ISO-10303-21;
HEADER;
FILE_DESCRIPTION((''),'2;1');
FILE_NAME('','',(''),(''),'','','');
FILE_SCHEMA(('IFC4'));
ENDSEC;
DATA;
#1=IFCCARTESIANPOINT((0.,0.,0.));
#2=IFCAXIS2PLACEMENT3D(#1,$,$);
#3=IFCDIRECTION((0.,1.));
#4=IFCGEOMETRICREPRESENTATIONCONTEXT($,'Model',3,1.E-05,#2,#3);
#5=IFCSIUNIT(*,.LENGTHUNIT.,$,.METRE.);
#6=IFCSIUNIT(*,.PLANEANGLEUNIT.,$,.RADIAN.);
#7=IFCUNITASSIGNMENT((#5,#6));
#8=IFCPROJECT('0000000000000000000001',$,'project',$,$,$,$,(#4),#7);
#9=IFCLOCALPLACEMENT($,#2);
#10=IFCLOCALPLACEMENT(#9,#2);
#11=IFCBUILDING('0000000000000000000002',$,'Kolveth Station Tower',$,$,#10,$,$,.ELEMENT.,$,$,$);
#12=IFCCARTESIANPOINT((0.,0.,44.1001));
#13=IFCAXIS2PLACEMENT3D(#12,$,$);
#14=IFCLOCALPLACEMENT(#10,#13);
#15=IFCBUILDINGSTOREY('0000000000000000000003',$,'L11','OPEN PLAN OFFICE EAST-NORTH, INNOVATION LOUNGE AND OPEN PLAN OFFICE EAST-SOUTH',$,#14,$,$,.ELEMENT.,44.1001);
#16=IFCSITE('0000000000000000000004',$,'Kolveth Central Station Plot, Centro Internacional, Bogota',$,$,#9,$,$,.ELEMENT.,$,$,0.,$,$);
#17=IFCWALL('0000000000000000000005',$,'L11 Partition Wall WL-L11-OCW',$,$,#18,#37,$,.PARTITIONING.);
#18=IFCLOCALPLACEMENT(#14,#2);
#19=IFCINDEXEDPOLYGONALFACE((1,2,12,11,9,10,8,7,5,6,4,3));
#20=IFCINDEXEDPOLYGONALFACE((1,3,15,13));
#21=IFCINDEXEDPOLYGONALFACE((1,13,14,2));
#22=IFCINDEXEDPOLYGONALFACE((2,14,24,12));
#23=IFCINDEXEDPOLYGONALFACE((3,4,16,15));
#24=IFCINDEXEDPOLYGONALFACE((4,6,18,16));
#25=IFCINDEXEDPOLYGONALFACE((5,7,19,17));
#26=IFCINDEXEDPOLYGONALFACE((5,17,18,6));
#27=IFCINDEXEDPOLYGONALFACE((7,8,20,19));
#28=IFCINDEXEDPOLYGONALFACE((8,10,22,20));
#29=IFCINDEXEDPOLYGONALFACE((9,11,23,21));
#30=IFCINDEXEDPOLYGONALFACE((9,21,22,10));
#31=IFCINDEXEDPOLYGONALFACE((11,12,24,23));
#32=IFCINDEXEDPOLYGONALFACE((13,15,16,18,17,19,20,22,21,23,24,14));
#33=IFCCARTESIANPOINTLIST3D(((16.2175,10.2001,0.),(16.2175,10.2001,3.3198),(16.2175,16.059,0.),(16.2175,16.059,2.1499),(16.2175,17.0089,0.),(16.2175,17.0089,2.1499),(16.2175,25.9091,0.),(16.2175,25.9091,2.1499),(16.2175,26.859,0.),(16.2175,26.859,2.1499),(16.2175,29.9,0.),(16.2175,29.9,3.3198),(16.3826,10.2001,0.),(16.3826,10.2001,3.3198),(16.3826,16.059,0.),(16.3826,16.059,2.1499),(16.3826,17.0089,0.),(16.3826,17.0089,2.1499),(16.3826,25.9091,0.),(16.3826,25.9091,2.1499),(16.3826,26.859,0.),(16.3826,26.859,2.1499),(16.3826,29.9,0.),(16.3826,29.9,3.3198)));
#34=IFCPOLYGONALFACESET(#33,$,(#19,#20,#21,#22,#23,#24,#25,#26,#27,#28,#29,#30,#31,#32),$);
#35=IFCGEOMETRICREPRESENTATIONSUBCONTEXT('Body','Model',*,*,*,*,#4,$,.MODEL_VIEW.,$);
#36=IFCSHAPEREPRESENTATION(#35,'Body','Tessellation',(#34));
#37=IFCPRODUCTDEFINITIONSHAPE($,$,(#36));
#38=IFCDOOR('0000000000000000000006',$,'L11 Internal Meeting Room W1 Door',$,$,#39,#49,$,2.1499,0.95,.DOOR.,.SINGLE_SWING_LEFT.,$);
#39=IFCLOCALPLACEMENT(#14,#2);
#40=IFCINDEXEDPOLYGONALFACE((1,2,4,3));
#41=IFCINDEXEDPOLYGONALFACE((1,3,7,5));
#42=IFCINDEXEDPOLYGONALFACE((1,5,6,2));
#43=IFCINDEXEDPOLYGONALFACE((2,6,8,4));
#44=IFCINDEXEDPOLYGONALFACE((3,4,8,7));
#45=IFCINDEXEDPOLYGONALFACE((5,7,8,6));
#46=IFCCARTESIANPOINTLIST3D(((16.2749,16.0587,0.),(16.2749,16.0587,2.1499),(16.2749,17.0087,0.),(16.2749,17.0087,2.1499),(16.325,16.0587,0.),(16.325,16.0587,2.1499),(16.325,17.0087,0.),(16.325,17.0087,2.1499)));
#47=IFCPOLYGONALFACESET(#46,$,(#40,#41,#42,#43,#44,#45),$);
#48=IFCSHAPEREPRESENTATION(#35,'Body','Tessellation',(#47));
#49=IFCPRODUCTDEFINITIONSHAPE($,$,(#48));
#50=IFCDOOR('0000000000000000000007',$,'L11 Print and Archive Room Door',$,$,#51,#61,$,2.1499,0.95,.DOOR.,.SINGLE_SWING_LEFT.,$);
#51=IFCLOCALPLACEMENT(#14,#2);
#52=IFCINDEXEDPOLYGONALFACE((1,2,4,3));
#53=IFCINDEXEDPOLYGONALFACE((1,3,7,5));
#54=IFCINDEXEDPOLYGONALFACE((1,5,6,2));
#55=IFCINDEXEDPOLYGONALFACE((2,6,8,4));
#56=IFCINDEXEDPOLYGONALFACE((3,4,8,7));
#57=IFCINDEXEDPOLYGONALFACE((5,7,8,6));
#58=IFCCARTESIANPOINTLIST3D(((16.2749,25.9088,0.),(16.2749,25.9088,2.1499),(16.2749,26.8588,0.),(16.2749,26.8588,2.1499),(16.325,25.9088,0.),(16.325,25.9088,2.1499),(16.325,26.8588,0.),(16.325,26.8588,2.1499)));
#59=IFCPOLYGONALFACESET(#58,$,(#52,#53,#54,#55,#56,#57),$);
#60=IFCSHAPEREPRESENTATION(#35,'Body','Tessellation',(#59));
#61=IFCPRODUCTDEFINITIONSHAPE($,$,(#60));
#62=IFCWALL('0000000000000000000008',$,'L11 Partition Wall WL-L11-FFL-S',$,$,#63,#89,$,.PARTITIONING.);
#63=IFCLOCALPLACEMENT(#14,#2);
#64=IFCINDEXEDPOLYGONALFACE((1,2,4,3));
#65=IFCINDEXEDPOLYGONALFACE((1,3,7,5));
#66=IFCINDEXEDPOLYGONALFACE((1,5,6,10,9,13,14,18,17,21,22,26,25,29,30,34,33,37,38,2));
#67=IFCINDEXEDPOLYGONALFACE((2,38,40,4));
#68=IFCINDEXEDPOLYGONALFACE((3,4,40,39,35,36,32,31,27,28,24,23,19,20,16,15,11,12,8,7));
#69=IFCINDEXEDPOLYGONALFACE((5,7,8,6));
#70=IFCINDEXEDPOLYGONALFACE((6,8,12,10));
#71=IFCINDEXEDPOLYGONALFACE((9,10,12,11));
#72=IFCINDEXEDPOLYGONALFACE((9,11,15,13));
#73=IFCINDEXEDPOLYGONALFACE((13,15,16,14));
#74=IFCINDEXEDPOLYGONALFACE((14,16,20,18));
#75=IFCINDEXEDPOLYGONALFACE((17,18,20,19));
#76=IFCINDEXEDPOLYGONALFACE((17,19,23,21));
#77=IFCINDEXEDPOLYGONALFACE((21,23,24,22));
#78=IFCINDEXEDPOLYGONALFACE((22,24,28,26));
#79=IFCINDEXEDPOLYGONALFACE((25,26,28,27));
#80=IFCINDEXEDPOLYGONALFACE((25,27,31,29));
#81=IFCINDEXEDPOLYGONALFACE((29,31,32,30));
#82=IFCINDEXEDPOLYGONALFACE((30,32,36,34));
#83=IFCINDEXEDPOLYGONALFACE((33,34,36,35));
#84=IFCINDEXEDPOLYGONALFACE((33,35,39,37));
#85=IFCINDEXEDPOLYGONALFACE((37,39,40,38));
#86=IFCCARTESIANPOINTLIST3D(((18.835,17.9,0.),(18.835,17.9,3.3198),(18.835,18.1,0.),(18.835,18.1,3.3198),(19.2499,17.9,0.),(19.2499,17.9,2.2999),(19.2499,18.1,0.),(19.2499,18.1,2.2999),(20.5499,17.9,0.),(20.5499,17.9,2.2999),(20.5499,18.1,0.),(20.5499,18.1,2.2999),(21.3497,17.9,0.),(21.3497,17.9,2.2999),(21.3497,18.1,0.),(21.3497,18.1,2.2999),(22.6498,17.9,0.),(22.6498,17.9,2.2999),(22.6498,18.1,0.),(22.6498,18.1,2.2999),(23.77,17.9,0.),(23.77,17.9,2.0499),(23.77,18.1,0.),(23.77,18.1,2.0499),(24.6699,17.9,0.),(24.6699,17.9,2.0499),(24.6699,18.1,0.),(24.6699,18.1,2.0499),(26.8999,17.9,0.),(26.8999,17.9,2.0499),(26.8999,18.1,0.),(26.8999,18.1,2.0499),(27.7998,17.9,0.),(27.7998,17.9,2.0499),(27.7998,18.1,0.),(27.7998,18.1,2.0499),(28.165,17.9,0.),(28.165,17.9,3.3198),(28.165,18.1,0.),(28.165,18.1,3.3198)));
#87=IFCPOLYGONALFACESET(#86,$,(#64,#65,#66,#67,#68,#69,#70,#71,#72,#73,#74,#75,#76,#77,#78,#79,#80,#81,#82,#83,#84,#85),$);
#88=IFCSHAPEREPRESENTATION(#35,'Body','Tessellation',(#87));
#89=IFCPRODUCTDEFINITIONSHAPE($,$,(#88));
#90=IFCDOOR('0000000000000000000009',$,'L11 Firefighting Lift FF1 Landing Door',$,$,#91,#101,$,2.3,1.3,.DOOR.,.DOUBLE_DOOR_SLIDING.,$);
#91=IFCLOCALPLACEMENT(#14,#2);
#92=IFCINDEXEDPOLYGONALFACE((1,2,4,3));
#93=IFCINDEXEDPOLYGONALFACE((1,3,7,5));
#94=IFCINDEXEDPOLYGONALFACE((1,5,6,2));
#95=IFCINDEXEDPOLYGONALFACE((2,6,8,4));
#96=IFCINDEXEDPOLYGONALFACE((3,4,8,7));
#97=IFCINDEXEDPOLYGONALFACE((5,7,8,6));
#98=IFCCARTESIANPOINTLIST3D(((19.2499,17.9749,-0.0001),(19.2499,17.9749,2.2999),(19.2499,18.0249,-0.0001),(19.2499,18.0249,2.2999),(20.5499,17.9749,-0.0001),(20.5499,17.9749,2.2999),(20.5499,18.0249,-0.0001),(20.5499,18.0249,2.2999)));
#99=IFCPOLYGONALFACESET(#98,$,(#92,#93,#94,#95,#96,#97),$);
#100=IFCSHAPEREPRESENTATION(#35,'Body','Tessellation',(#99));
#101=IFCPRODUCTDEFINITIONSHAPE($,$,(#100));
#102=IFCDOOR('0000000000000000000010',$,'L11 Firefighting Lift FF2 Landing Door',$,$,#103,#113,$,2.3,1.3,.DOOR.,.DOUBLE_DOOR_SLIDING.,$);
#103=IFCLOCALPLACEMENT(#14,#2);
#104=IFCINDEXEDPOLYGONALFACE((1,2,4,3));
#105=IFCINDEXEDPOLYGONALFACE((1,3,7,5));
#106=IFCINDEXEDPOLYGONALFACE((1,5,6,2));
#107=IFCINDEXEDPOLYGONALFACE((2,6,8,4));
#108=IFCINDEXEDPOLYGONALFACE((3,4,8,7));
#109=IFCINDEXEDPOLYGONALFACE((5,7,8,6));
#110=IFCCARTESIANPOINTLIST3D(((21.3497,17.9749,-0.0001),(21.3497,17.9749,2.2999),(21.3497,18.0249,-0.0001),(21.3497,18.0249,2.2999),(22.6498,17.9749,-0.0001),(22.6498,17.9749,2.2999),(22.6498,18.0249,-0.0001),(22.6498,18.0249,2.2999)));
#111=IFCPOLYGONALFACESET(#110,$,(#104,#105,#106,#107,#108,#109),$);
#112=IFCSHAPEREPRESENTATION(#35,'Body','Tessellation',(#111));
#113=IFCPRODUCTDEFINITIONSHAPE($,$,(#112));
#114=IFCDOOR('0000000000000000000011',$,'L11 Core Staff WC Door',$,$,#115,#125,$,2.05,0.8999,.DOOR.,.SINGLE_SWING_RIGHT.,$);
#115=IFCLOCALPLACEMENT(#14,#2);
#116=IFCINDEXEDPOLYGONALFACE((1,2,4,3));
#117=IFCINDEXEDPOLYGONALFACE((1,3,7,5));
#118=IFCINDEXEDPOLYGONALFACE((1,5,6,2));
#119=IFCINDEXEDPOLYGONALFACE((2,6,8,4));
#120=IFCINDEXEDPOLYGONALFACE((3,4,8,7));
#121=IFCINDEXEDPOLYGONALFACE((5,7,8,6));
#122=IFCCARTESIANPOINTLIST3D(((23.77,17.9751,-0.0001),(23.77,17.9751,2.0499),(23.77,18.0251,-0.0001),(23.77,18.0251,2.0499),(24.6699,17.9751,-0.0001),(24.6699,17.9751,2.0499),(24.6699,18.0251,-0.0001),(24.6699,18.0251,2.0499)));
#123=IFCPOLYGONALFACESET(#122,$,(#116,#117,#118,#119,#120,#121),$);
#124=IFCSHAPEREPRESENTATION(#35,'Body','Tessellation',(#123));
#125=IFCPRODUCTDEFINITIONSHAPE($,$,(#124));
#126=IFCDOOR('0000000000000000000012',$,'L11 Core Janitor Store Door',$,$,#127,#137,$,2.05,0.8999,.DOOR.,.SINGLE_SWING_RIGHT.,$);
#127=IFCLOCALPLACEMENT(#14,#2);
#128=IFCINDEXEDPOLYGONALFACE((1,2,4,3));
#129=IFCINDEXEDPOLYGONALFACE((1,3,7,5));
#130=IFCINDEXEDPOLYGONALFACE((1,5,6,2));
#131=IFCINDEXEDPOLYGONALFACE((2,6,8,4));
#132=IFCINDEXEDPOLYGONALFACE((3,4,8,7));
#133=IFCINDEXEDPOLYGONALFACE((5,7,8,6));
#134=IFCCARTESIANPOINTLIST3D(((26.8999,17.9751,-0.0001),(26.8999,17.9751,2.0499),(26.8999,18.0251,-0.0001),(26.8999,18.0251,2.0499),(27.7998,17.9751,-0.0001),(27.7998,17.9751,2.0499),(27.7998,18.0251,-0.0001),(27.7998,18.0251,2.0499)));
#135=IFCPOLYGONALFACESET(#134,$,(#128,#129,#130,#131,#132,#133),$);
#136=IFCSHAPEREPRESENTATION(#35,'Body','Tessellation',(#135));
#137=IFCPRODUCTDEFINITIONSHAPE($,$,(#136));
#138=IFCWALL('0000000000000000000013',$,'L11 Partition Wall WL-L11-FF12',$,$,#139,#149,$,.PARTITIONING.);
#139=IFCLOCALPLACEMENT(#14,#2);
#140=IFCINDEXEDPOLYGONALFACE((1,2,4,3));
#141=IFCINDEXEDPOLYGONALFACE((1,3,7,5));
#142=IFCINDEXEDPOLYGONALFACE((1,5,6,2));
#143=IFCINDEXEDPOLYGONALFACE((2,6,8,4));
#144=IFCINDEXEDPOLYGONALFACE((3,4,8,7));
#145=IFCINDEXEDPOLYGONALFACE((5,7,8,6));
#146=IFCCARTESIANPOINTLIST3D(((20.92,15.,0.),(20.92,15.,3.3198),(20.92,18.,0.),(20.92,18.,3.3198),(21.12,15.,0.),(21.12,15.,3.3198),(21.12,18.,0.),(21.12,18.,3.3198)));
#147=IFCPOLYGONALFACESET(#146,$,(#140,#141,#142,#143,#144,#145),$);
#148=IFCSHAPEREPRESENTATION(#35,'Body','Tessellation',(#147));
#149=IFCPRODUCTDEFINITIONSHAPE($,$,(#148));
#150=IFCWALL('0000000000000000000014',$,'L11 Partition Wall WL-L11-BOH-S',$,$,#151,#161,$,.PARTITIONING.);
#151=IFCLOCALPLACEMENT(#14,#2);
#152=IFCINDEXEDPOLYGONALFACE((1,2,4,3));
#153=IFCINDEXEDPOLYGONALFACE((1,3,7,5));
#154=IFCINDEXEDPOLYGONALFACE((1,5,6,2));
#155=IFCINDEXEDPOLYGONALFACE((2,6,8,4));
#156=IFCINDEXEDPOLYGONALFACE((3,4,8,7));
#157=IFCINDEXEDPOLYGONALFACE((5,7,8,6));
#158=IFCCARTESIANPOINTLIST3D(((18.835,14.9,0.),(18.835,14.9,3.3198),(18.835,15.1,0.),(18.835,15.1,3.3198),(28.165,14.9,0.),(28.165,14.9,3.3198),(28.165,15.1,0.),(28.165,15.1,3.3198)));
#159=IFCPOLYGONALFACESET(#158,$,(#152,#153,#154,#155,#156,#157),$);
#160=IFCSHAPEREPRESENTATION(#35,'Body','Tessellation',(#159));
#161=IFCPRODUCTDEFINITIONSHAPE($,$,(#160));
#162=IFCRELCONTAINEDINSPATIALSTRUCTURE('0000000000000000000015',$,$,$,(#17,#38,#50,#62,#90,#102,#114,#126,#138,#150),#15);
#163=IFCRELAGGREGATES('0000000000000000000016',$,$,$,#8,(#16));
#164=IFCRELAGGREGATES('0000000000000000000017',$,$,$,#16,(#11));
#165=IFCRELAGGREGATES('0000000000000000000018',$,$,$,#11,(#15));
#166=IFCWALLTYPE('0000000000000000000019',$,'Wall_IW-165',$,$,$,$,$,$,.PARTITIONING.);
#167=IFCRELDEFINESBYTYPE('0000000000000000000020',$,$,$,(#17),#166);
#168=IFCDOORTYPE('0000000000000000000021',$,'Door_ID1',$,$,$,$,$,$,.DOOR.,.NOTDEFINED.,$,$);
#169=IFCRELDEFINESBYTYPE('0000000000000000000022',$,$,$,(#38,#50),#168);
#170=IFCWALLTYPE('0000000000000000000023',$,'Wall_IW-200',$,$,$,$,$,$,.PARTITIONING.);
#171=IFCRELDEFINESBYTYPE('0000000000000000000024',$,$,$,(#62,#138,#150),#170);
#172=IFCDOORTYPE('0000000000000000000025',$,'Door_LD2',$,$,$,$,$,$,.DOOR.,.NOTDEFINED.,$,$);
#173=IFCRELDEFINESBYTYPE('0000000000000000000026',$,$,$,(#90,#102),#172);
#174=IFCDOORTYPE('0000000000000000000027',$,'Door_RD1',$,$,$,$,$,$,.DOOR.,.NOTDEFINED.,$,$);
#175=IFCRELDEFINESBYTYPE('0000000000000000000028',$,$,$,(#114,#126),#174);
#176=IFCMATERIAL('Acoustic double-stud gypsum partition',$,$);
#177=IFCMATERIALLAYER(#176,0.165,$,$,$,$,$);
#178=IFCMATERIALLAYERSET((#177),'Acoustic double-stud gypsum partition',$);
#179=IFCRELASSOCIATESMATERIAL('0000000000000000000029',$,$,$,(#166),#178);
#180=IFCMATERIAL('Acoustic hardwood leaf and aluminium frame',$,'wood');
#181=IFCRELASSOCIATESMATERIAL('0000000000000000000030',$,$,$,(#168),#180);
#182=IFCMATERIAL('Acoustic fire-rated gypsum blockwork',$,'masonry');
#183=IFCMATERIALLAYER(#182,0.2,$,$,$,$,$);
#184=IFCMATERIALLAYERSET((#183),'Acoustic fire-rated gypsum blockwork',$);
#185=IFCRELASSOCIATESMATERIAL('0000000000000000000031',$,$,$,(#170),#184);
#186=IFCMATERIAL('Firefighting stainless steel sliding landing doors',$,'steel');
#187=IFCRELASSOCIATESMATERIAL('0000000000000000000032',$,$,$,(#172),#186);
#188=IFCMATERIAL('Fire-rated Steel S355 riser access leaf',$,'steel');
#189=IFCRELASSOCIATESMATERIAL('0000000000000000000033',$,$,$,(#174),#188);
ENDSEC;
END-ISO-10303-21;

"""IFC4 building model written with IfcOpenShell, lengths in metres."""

from ifc_helpers import new_model, si_unit, direction, frame, frame_2d, origin, place, context, subcontext, project, spatial, rectangle, extrude, material, layer, layer_set, type_object, element, fill, save


model = new_model("IFC4")

# Units and contexts
model_context = context("Model", 3, precision=1e-05, world=origin(), true_north=direction((0.0, 1.0)))
body_context = subcontext(model_context, "Body", "Model", "MODEL_VIEW")
ifc_project = project(units=[si_unit("LENGTHUNIT", "METRE"), si_unit("PLANEANGLEUNIT", "RADIAN")], contexts=[model_context])

# Site, building, storey
site_placement = place(None, origin())
site = spatial("IfcSite", under=ifc_project, at=site_placement, Name="Kolveth Central Station Plot, Centro Internacional, Bogota", CompositionType="ELEMENT", RefElevation=0.0)
building_placement = place(site_placement, origin())
building = spatial("IfcBuilding", under=site, at=building_placement, Name="Kolveth Station Tower", CompositionType="ELEMENT")
storey_placement = place(building_placement, frame((0.0, 0.0, 44.1001)))
storey = spatial("IfcBuildingStorey", under=building, at=storey_placement, Name="L11", Description="OPEN PLAN OFFICE EAST-NORTH, INNOVATION LOUNGE AND OPEN PLAN OFFICE EAST-SOUTH", CompositionType="ELEMENT", Elevation=44.1001)

# Walls, openings, doors
ifc_material_1 = material(Name="Acoustic double-stud gypsum partition")
ifc_layer_1 = layer(ifc_material_1, 0.165)
ifc_layer_set_1 = layer_set([ifc_layer_1], Name="Acoustic double-stud gypsum partition")
wall_type_1 = type_object("IfcWallType", Name="Wall_IW-165", PredefinedType="PARTITIONING", material=ifc_layer_set_1)
wall_1_placement = place(storey_placement, frame((16.3, 10.2, 0.0), z_axis=(0.0, 0.0, 1.0), x_axis=(0.0, 1.0, 0.0)))
wall_1 = element("IfcWall", 1, at=wall_1_placement, inside=storey, type_object=wall_type_1, Name="L11 Partition Wall WL-L11-OCW", PredefinedType="PARTITIONING", context=body_context, shape_type="SweptSolid", body=[
    extrude(rectangle(XDim=19.7, YDim=0.165, at=frame_2d((9.8501, 0.0))), origin(), (0.0, 0.0, 1.0), 3.3198),
])
opening_1_placement = place(wall_1_placement, frame((5.8589, 0.0, 0.0)))
opening_1 = element("IfcOpeningElement", 2, at=opening_1_placement, cuts=wall_1, PredefinedType="OPENING", context=body_context, shape_type="SweptSolid", body=[
    extrude(rectangle(XDim=0.95, YDim=2.1499, at=frame_2d((0.4751, 1.075))), frame((0.0, 0.0925, 0.0), z_axis=(0.0, -1.0, 0.0), x_axis=(1.0, 0.0, 0.0)), (0.0, 0.0, 1.0), 0.1851),
])
opening_2_placement = place(wall_1_placement, frame((15.709, 0.0, 0.0)))
opening_2 = element("IfcOpeningElement", 3, at=opening_2_placement, cuts=wall_1, PredefinedType="OPENING", context=body_context, shape_type="SweptSolid", body=[
    extrude(rectangle(XDim=0.95, YDim=2.1499, at=frame_2d((0.4751, 1.075))), frame((0.0, 0.0925, 0.0), z_axis=(0.0, -1.0, 0.0), x_axis=(1.0, 0.0, 0.0)), (0.0, 0.0, 1.0), 0.1851),
])
ifc_material_2 = material(Name="Acoustic hardwood leaf and aluminium frame", Category="wood")
door_type_1 = type_object("IfcDoorType", Name="Door_ID1", OperationType="NOTDEFINED", PredefinedType="DOOR", material=ifc_material_2)
door_1_placement = place(opening_1_placement, frame((0.95, 0.0, 0.0), z_axis=(0.0, 0.0, 1.0), x_axis=(-1.0, 0.0, 0.0)))
door_1 = element("IfcDoor", 4, at=door_1_placement, inside=storey, type_object=door_type_1, Name="L11 Internal Meeting Room W1 Door", OperationType="SINGLE_SWING_LEFT", OverallHeight=2.1499, OverallWidth=0.95, PredefinedType="DOOR", context=body_context, shape_type="SweptSolid", body=[
    extrude(rectangle(XDim=0.95, YDim=2.1499, at=frame_2d((0.4751, 1.075))), frame((0.0, 0.0249, 0.0), z_axis=(0.0, -1.0, 0.0), x_axis=(1.0, 0.0, 0.0)), (0.0, 0.0, 1.0), 0.05),
])
fill(opening_1, door_1)
door_2_placement = place(opening_2_placement, frame((0.95, 0.0, 0.0), z_axis=(0.0, 0.0, 1.0), x_axis=(-1.0, 0.0, 0.0)))
door_2 = element("IfcDoor", 5, at=door_2_placement, inside=storey, type_object=door_type_1, Name="L11 Print and Archive Room Door", OperationType="SINGLE_SWING_LEFT", OverallHeight=2.1499, OverallWidth=0.95, PredefinedType="DOOR", context=body_context, shape_type="SweptSolid", body=[
    extrude(rectangle(XDim=0.95, YDim=2.1499, at=frame_2d((0.4751, 1.075))), frame((0.0, 0.0249, 0.0), z_axis=(0.0, -1.0, 0.0), x_axis=(1.0, 0.0, 0.0)), (0.0, 0.0, 1.0), 0.05),
])
fill(opening_2, door_2)
ifc_material_3 = material(Name="Acoustic fire-rated gypsum blockwork", Category="masonry")
ifc_layer_2 = layer(ifc_material_3, 0.2)
ifc_layer_set_2 = layer_set([ifc_layer_2], Name="Acoustic fire-rated gypsum blockwork")
wall_type_2 = type_object("IfcWallType", Name="Wall_IW-200", PredefinedType="PARTITIONING", material=ifc_layer_set_2)
wall_2_placement = place(storey_placement, frame((18.835, 18.0, 0.0), z_axis=(0.0, 0.0, 1.0), x_axis=(1.0, 0.0, 0.0)))
wall_2 = element("IfcWall", 6, at=wall_2_placement, inside=storey, type_object=wall_type_2, Name="L11 Partition Wall WL-L11-FFL-S", PredefinedType="PARTITIONING", context=body_context, shape_type="SweptSolid", body=[
    extrude(rectangle(XDim=9.3301, YDim=0.2, at=frame_2d((4.665, 0.0))), origin(), (0.0, 0.0, 1.0), 3.3198),
])
opening_3_placement = place(wall_2_placement, frame((0.415, 0.0, 0.0)))
opening_3 = element("IfcOpeningElement", 7, at=opening_3_placement, cuts=wall_2, PredefinedType="OPENING", context=body_context, shape_type="SweptSolid", body=[
    extrude(rectangle(XDim=1.3, YDim=2.3, at=frame_2d((0.6499, 1.1499))), frame((0.0, 0.1099, 0.0), z_axis=(0.0, -1.0, 0.0), x_axis=(1.0, 0.0, 0.0)), (0.0, 0.0, 1.0), 0.22),
])
opening_4_placement = place(wall_2_placement, frame((2.5149, 0.0, 0.0)))
opening_4 = element("IfcOpeningElement", 8, at=opening_4_placement, cuts=wall_2, PredefinedType="OPENING", context=body_context, shape_type="SweptSolid", body=[
    extrude(rectangle(XDim=1.3, YDim=2.3, at=frame_2d((0.6499, 1.1499))), frame((0.0, 0.1099, 0.0), z_axis=(0.0, -1.0, 0.0), x_axis=(1.0, 0.0, 0.0)), (0.0, 0.0, 1.0), 0.22),
])
opening_5_placement = place(wall_2_placement, frame((4.9351, 0.0, 0.0)))
opening_5 = element("IfcOpeningElement", 9, at=opening_5_placement, cuts=wall_2, PredefinedType="OPENING", context=body_context, shape_type="SweptSolid", body=[
    extrude(rectangle(XDim=0.8999, YDim=2.05, at=frame_2d((0.45, 1.0249))), frame((0.0, 0.1099, 0.0), z_axis=(0.0, -1.0, 0.0), x_axis=(1.0, 0.0, 0.0)), (0.0, 0.0, 1.0), 0.22),
])
opening_6_placement = place(wall_2_placement, frame((8.0649, 0.0, 0.0)))
opening_6 = element("IfcOpeningElement", 10, at=opening_6_placement, cuts=wall_2, PredefinedType="OPENING", context=body_context, shape_type="SweptSolid", body=[
    extrude(rectangle(XDim=0.8999, YDim=2.05, at=frame_2d((0.45, 1.0249))), frame((0.0, 0.1099, 0.0), z_axis=(0.0, -1.0, 0.0), x_axis=(1.0, 0.0, 0.0)), (0.0, 0.0, 1.0), 0.22),
])
ifc_material_4 = material(Name="Firefighting stainless steel sliding landing doors", Category="steel")
door_type_2 = type_object("IfcDoorType", Name="Door_LD2", OperationType="NOTDEFINED", PredefinedType="DOOR", material=ifc_material_4)
door_3_placement = place(opening_3_placement, origin())
door_3 = element("IfcDoor", 11, at=door_3_placement, inside=storey, type_object=door_type_2, Name="L11 Firefighting Lift FF1 Landing Door", OperationType="DOUBLE_DOOR_SLIDING", OverallHeight=2.3, OverallWidth=1.3, PredefinedType="DOOR", context=body_context, shape_type="SweptSolid", body=[
    extrude(rectangle(XDim=1.3, YDim=2.3, at=frame_2d((0.6499, 1.1499))), frame((0.0, 0.0249, 0.0), z_axis=(0.0, -1.0, 0.0), x_axis=(1.0, 0.0, 0.0)), (0.0, 0.0, 1.0), 0.05),
])
fill(opening_3, door_3)
door_4_placement = place(opening_4_placement, origin())
door_4 = element("IfcDoor", 12, at=door_4_placement, inside=storey, type_object=door_type_2, Name="L11 Firefighting Lift FF2 Landing Door", OperationType="DOUBLE_DOOR_SLIDING", OverallHeight=2.3, OverallWidth=1.3, PredefinedType="DOOR", context=body_context, shape_type="SweptSolid", body=[
    extrude(rectangle(XDim=1.3, YDim=2.3, at=frame_2d((0.6499, 1.1499))), frame((0.0, 0.0249, 0.0), z_axis=(0.0, -1.0, 0.0), x_axis=(1.0, 0.0, 0.0)), (0.0, 0.0, 1.0), 0.05),
])
fill(opening_4, door_4)
ifc_material_5 = material(Name="Fire-rated Steel S355 riser access leaf", Category="steel")
door_type_3 = type_object("IfcDoorType", Name="Door_RD1", OperationType="NOTDEFINED", PredefinedType="DOOR", material=ifc_material_5)
door_5_placement = place(opening_5_placement, frame((0.8999, 0.0, 0.0), z_axis=(0.0, 0.0, 1.0), x_axis=(-1.0, 0.0, 0.0)))
door_5 = element("IfcDoor", 13, at=door_5_placement, inside=storey, type_object=door_type_3, Name="L11 Core Staff WC Door", OperationType="SINGLE_SWING_RIGHT", OverallHeight=2.05, OverallWidth=0.8999, PredefinedType="DOOR", context=body_context, shape_type="SweptSolid", body=[
    extrude(rectangle(XDim=0.8999, YDim=2.05, at=frame_2d((0.45, 1.0249))), frame((0.0, 0.0249, 0.0), z_axis=(0.0, -1.0, 0.0), x_axis=(1.0, 0.0, 0.0)), (0.0, 0.0, 1.0), 0.05),
])
fill(opening_5, door_5)
door_6_placement = place(opening_6_placement, frame((0.8999, 0.0, 0.0), z_axis=(0.0, 0.0, 1.0), x_axis=(-1.0, 0.0, 0.0)))
door_6 = element("IfcDoor", 14, at=door_6_placement, inside=storey, type_object=door_type_3, Name="L11 Core Janitor Store Door", OperationType="SINGLE_SWING_RIGHT", OverallHeight=2.05, OverallWidth=0.8999, PredefinedType="DOOR", context=body_context, shape_type="SweptSolid", body=[
    extrude(rectangle(XDim=0.8999, YDim=2.05, at=frame_2d((0.45, 1.0249))), frame((0.0, 0.0249, 0.0), z_axis=(0.0, -1.0, 0.0), x_axis=(1.0, 0.0, 0.0)), (0.0, 0.0, 1.0), 0.05),
])
fill(opening_6, door_6)

# Walls
wall_3_placement = place(storey_placement, frame((21.02, 15.0, 0.0), z_axis=(0.0, 0.0, 1.0), x_axis=(0.0, 1.0, 0.0)))
element("IfcWall", 15, at=wall_3_placement, inside=storey, type_object=wall_type_2, Name="L11 Partition Wall WL-L11-FF12", PredefinedType="PARTITIONING", context=body_context, shape_type="SweptSolid", body=[
    extrude(rectangle(XDim=3.0, YDim=0.2, at=frame_2d((1.5, 0.0))), origin(), (0.0, 0.0, 1.0), 3.3198),
])
wall_4_placement = place(storey_placement, frame((18.835, 15.0, 0.0), z_axis=(0.0, 0.0, 1.0), x_axis=(1.0, 0.0, 0.0)))
element("IfcWall", 16, at=wall_4_placement, inside=storey, type_object=wall_type_2, Name="L11 Partition Wall WL-L11-BOH-S", PredefinedType="PARTITIONING", context=body_context, shape_type="SweptSolid", body=[
    extrude(rectangle(XDim=9.3301, YDim=0.2, at=frame_2d((4.665, 0.0))), origin(), (0.0, 0.0, 1.0), 3.3198),
])

save(model, "model.ifc")
